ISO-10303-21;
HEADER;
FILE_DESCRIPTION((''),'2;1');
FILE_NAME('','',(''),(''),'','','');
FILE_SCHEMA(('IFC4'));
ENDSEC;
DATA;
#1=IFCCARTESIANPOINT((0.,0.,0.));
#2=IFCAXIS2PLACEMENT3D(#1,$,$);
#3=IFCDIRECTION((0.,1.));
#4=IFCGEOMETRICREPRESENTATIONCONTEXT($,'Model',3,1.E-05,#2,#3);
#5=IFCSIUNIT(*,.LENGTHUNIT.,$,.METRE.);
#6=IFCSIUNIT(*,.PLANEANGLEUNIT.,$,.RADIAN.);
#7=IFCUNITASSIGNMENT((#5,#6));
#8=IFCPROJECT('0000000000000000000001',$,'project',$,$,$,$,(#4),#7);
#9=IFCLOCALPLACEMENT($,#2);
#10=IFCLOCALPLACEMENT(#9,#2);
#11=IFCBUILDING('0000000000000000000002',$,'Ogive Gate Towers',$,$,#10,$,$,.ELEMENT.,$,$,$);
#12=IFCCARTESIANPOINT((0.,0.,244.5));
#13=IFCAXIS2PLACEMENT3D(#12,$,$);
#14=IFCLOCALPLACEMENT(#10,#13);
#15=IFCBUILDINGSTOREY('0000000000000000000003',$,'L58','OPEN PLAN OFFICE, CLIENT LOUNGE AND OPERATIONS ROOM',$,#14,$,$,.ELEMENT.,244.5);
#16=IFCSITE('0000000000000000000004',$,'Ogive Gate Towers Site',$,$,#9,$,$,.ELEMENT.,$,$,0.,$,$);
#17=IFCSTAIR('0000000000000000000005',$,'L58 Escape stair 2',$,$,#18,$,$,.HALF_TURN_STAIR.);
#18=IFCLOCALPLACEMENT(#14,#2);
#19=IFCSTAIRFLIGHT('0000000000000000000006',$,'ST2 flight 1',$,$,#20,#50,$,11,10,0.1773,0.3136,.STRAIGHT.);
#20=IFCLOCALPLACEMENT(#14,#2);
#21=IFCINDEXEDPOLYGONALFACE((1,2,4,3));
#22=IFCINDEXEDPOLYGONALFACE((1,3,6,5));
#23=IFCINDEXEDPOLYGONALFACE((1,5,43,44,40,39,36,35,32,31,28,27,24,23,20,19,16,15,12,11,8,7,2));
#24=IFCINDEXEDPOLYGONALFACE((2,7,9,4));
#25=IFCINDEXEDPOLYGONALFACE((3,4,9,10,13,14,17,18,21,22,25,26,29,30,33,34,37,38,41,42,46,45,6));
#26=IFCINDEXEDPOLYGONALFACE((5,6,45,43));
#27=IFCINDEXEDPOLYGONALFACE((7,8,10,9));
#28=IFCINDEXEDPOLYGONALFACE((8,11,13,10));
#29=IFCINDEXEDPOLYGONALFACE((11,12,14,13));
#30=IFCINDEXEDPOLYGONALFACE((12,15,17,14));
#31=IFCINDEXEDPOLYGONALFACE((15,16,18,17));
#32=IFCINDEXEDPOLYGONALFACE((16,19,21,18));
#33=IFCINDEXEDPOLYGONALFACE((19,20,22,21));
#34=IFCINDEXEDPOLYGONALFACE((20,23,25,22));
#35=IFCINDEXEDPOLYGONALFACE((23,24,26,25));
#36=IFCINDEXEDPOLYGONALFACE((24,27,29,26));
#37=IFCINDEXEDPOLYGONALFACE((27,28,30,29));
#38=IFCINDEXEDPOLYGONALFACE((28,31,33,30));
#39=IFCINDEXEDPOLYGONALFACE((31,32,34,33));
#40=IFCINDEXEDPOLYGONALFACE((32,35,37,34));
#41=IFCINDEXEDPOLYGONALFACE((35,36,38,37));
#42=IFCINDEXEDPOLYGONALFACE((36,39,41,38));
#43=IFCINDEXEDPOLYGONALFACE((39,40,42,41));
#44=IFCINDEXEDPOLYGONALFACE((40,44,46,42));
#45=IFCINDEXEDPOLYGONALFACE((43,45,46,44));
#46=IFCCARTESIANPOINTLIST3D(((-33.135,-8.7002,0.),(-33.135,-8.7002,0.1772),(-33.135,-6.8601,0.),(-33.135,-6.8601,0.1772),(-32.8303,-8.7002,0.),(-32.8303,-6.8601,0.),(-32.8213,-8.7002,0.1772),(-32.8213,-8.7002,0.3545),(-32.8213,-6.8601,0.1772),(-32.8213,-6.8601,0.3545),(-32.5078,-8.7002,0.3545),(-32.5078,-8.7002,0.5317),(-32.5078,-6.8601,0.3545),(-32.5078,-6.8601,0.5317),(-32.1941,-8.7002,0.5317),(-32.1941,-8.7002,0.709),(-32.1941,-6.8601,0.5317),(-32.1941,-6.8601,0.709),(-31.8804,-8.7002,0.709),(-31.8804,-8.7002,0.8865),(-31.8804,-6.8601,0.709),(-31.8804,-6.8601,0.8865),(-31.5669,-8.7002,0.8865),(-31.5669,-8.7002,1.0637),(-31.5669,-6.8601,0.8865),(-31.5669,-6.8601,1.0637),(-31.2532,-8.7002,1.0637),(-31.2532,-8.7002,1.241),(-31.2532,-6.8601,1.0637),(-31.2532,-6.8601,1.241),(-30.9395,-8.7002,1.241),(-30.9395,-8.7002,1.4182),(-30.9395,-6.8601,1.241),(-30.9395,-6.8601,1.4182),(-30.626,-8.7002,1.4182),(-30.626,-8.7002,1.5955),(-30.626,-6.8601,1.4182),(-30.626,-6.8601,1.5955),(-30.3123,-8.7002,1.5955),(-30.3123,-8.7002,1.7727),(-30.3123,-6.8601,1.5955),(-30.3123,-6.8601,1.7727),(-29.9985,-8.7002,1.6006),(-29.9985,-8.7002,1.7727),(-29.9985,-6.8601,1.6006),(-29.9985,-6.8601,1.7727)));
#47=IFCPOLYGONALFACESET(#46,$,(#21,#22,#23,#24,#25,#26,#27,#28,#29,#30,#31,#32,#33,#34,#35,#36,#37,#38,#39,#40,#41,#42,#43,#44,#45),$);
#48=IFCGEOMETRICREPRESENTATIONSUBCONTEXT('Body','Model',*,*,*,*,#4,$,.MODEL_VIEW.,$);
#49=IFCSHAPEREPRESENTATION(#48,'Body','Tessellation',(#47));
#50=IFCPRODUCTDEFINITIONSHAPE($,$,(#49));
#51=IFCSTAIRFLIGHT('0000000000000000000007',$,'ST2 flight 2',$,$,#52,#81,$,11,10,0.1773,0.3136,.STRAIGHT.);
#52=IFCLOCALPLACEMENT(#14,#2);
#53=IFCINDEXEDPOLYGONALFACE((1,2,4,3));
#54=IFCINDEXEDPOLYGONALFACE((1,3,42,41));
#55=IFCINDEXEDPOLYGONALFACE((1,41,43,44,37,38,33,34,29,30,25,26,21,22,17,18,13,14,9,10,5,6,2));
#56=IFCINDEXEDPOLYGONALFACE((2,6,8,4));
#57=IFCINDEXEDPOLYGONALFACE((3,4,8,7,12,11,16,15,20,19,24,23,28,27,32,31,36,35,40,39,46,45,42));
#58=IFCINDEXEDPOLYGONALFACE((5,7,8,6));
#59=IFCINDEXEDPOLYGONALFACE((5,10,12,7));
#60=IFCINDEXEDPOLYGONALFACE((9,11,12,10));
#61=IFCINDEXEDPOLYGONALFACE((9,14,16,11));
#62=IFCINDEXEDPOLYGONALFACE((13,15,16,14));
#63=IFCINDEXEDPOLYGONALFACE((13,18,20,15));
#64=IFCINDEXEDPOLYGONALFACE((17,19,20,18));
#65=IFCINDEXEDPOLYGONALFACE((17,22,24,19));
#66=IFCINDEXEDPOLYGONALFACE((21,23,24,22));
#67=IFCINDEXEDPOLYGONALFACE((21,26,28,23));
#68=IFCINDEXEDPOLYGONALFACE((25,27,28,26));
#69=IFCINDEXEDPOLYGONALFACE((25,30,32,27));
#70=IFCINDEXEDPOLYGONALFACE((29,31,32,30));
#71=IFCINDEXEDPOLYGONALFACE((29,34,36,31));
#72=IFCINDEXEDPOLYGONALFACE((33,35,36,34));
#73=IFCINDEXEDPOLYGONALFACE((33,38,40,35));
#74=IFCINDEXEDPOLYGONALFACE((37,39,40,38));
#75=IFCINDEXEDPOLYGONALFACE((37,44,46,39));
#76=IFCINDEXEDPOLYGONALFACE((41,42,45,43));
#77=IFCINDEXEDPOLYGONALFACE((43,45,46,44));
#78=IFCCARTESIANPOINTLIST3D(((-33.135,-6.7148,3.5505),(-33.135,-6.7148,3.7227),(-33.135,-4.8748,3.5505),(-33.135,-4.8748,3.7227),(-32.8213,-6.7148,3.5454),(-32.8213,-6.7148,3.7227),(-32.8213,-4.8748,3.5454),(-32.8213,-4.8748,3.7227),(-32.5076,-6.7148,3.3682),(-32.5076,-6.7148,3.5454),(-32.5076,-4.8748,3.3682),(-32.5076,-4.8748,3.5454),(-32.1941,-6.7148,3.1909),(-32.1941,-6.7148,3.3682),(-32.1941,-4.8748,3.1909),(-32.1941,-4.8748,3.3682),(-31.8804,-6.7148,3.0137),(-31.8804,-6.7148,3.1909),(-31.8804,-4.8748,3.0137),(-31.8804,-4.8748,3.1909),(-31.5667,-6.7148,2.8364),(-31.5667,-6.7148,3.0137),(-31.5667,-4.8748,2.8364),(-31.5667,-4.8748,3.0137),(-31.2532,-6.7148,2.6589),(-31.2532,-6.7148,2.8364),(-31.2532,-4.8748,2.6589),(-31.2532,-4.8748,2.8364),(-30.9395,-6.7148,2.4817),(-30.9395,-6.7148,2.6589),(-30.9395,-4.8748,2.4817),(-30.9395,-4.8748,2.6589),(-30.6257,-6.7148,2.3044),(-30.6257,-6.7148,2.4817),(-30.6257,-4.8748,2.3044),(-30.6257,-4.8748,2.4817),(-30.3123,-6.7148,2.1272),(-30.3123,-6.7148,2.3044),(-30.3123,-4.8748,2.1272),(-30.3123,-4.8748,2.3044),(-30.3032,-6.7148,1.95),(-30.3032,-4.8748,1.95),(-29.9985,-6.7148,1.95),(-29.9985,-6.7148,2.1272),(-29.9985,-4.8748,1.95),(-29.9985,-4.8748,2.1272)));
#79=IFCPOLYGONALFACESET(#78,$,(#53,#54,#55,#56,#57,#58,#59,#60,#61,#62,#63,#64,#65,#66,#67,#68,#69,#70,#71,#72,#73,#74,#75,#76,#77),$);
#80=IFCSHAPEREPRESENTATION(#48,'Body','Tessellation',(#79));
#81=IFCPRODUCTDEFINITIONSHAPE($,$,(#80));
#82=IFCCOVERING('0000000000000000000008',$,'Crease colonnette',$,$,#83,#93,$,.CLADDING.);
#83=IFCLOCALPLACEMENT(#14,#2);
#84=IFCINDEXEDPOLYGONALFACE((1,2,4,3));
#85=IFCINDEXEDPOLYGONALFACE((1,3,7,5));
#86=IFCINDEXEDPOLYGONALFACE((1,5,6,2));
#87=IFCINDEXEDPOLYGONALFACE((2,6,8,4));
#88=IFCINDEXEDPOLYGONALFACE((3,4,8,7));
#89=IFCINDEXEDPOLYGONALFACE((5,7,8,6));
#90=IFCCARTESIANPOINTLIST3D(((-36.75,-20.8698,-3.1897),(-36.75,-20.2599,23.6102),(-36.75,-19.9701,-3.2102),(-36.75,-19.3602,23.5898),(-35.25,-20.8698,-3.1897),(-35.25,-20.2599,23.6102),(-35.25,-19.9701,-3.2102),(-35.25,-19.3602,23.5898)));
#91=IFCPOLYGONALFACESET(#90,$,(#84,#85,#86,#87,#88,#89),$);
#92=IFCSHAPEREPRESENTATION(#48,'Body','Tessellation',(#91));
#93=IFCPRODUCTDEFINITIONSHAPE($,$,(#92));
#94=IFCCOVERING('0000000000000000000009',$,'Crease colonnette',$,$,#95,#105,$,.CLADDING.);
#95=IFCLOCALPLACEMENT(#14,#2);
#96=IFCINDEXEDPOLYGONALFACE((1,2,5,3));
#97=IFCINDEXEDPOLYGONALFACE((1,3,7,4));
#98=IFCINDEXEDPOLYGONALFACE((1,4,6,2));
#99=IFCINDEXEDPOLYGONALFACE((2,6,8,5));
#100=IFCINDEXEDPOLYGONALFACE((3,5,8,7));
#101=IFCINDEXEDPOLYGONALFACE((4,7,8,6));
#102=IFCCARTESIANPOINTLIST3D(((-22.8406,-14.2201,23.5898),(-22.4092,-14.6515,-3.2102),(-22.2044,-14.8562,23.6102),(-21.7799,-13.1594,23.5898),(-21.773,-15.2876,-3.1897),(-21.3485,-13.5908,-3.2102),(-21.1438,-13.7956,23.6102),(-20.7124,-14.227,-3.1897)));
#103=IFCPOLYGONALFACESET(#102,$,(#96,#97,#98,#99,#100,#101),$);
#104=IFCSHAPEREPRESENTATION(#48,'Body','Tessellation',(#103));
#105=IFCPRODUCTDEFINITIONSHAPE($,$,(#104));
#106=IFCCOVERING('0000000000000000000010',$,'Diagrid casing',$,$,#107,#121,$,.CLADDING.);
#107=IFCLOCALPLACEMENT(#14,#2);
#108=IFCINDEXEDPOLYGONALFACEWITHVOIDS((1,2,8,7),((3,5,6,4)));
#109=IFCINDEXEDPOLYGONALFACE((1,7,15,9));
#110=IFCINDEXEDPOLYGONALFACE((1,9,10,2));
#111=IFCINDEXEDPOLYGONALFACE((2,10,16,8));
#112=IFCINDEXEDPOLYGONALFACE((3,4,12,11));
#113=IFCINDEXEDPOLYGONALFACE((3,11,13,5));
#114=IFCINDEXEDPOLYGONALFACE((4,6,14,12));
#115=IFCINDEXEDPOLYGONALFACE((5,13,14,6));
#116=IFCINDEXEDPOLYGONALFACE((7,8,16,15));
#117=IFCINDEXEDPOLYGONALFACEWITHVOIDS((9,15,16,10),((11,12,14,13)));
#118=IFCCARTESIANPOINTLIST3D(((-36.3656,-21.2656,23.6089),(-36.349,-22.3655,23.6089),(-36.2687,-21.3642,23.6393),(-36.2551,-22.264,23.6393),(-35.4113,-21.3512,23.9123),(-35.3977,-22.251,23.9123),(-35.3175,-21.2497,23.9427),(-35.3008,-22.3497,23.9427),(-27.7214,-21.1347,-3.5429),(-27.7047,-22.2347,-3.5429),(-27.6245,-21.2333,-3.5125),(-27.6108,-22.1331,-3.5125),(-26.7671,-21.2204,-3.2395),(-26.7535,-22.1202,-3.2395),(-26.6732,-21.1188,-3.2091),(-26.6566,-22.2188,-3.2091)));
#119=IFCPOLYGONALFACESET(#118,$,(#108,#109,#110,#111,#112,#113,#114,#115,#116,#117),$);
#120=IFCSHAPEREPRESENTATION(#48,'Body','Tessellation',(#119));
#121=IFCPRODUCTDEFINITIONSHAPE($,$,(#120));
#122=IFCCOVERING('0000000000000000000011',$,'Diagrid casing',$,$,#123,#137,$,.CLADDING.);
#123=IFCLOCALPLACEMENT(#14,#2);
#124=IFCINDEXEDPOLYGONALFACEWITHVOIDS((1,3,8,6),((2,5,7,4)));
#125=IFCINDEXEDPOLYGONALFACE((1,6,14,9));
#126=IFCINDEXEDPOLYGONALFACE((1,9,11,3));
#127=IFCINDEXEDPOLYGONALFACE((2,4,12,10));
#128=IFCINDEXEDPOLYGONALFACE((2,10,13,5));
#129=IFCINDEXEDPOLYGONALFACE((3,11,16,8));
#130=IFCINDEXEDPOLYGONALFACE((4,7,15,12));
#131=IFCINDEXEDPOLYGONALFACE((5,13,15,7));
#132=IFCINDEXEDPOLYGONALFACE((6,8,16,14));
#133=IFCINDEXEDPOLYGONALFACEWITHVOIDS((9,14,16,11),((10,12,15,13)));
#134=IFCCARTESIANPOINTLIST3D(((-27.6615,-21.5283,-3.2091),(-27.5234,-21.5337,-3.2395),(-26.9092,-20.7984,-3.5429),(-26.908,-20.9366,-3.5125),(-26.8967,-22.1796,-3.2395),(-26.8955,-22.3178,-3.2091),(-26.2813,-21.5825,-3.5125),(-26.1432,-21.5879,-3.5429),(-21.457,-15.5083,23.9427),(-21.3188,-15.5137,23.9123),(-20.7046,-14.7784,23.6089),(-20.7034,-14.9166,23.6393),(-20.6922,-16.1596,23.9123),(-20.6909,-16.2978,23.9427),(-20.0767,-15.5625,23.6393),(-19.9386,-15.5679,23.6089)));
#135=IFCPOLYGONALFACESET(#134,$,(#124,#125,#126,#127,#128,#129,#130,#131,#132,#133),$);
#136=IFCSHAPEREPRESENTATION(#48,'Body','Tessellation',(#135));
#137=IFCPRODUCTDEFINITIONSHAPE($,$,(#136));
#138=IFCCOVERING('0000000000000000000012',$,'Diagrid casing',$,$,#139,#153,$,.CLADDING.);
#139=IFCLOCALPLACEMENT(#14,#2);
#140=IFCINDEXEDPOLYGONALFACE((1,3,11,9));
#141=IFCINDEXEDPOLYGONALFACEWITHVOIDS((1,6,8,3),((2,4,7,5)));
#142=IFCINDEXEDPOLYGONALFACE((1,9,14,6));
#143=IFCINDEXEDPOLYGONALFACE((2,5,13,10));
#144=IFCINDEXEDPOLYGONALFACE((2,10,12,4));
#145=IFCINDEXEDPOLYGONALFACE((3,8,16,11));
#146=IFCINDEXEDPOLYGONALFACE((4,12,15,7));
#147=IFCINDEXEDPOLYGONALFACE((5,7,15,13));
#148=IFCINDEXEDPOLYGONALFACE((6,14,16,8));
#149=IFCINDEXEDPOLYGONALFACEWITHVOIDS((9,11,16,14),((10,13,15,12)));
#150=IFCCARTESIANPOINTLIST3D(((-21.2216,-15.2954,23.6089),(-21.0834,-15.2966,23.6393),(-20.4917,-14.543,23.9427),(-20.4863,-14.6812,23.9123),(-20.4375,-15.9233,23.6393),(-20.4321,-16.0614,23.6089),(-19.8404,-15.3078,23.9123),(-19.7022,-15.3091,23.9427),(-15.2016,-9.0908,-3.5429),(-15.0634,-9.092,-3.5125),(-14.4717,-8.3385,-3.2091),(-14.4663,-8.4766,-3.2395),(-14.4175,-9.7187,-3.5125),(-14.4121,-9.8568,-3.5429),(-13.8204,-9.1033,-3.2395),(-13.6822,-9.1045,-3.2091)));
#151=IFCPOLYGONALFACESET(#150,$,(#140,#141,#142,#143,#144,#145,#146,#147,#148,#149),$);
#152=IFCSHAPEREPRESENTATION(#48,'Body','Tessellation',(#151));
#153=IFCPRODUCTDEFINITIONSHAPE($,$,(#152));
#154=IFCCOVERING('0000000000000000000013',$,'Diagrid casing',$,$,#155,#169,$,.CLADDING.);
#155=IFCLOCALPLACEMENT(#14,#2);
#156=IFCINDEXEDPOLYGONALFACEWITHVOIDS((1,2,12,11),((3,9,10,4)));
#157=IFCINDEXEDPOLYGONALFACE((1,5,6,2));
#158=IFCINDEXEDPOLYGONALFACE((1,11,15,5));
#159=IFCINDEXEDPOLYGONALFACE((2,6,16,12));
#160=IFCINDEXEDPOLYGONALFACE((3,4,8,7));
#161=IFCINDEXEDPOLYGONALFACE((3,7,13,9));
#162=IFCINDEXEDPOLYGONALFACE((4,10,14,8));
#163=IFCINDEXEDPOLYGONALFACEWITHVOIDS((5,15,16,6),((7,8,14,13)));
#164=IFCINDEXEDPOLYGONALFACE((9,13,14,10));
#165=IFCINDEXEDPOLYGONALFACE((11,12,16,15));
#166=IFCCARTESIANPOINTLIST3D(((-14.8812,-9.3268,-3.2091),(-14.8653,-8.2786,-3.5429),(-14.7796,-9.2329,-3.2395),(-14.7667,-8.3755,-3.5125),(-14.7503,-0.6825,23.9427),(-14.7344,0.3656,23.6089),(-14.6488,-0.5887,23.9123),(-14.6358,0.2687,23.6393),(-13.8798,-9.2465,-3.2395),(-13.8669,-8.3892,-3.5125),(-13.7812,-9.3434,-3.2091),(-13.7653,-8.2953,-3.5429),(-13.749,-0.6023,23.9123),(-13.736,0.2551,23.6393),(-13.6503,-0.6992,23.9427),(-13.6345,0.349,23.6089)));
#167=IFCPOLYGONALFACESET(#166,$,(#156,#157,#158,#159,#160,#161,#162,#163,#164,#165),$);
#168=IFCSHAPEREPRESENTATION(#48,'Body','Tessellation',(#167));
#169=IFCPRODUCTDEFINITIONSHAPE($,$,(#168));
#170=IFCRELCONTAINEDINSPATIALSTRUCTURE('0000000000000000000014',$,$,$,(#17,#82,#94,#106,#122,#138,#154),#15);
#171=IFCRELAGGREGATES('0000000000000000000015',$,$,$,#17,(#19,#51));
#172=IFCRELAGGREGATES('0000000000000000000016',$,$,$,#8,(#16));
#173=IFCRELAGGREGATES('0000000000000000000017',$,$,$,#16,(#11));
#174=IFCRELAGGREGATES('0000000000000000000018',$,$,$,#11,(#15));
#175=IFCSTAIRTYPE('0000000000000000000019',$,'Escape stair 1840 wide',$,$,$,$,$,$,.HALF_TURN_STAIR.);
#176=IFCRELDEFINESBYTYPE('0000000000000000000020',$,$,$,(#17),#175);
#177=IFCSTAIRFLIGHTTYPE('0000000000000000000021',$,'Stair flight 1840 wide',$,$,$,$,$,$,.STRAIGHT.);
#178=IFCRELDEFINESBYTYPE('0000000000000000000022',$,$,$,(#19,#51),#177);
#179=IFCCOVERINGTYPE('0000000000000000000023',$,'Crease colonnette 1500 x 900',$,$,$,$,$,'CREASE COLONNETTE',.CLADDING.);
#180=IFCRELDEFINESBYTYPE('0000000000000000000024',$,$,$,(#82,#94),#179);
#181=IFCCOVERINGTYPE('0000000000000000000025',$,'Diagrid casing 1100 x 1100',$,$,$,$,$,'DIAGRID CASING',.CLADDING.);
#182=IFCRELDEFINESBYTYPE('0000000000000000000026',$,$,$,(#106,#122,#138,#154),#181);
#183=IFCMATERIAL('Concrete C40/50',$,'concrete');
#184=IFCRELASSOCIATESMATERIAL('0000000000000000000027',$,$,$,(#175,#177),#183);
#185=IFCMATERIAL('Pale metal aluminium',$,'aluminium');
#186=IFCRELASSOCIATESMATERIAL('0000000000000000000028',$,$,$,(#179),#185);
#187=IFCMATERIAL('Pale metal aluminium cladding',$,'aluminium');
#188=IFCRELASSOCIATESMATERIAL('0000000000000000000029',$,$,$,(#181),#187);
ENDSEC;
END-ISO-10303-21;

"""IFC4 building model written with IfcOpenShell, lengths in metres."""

from ifc_helpers import new_model, si_unit, direction, frame, origin, origin_2d, place, context, subcontext, project, spatial, polyline, rectangle, hollow_rectangle, outline, extrude, material, material_profile, profile_set, type_object, element, aggregate, save


model = new_model("IFC4")

# Units and contexts
model_context = context("Model", 3, precision=1e-05, world=origin(), true_north=direction((0.0, 1.0)))
body_context = subcontext(model_context, "Body", "Model", "MODEL_VIEW")
ifc_project = project(units=[si_unit("LENGTHUNIT", "METRE"), si_unit("PLANEANGLEUNIT", "RADIAN")], contexts=[model_context])

# Site, building, storey
site_placement = place(None, origin())
site = spatial("IfcSite", under=ifc_project, at=site_placement, Name="Ogive Gate Towers Site", CompositionType="ELEMENT", RefElevation=0.0)
building_placement = place(site_placement, origin())
building = spatial("IfcBuilding", under=site, at=building_placement, Name="Ogive Gate Towers", CompositionType="ELEMENT")
storey_placement = place(building_placement, frame((0.0, 0.0, 244.5)))
storey = spatial("IfcBuildingStorey", under=building, at=storey_placement, Name="L58", Description="OPEN PLAN OFFICE, CLIENT LOUNGE AND OPERATIONS ROOM", CompositionType="ELEMENT", Elevation=244.5)

# Stair, stair flights
ifc_material_1 = material(Name="Concrete C40/50", Category="concrete")
stair_type = type_object("IfcStairType", Name="Escape stair 1840 wide", PredefinedType="HALF_TURN_STAIR", material=ifc_material_1)
stair_placement = place(storey_placement, origin())
stair = element("IfcStair", 1, at=stair_placement, inside=storey, type_object=stair_type, Name="L58 Escape stair 2", PredefinedType="HALF_TURN_STAIR")
stair_flight_type = type_object("IfcStairFlightType", Name="Stair flight 1840 wide", PredefinedType="STRAIGHT", material=ifc_material_1)
stair_flight_1_placement = place(storey_placement, frame((-33.135, -7.78, 0.0), z_axis=(0.0, 0.0, 1.0), x_axis=(1.0, 0.0, 0.0)))
stair_flight_1 = element("IfcStairFlight", 2, at=stair_flight_1_placement, type_object=stair_flight_type, Name="ST2 flight 1", NumberOfRisers=11, NumberOfTreads=10, PredefinedType="STRAIGHT", RiserHeight=0.1773, TreadLength=0.3136, context=body_context, shape_type="SweptSolid", body=[
    extrude(outline(polyline([(0.0, 0.0), (0.0, 0.1772), (0.3137, 0.1772), (0.3137, 0.3545), (0.6272, 0.3545), (0.6272, 0.5317), (0.9409, 0.5317), (0.9409, 0.709), (1.2546, 0.709), (1.2546, 0.8865), (1.5681, 0.8865), (1.5681, 1.0637), (1.8818, 1.0637), (1.8818, 1.241), (2.1956, 1.241), (2.1956, 1.4182), (2.509, 1.4182), (2.509, 1.5955), (2.8228, 1.5955), (2.8228, 1.7727), (3.1365, 1.7727), (3.1365, 1.95), (3.1365, 1.6006), (0.3047, 0.0), (0.0, 0.0)])), frame((0.0, 0.9199, 0.0), z_axis=(0.0, -1.0, 0.0), x_axis=(1.0, 0.0, 0.0)), (0.0, 0.0, 1.0), 1.8401),
])
stair_flight_2_placement = place(storey_placement, frame((-29.9985, -5.7949, 1.95), z_axis=(0.0, 0.0, 1.0), x_axis=(-1.0, 0.0, 0.0)))
stair_flight_2 = element("IfcStairFlight", 3, at=stair_flight_2_placement, type_object=stair_flight_type, Name="ST2 flight 2", NumberOfRisers=11, NumberOfTreads=10, PredefinedType="STRAIGHT", RiserHeight=0.1773, TreadLength=0.3136, context=body_context, shape_type="SweptSolid", body=[
    extrude(outline(polyline([(0.0, 0.0), (0.0, 0.1772), (0.3137, 0.1772), (0.3137, 0.3545), (0.6272, 0.3545), (0.6272, 0.5317), (0.9409, 0.5317), (0.9409, 0.709), (1.2546, 0.709), (1.2546, 0.8865), (1.5681, 0.8865), (1.5681, 1.0637), (1.8818, 1.0637), (1.8818, 1.241), (2.1956, 1.241), (2.1956, 1.4182), (2.509, 1.4182), (2.509, 1.5955), (2.8228, 1.5955), (2.8228, 1.7727), (3.1365, 1.7727), (3.1365, 1.95), (3.1365, 1.6006), (0.3047, 0.0), (0.0, 0.0)])), frame((0.0, 0.9199, 0.0), z_axis=(0.0, -1.0, 0.0), x_axis=(1.0, 0.0, 0.0)), (0.0, 0.0, 1.0), 1.8401),
])
aggregate(stair, [stair_flight_1, stair_flight_2])

# Coverings
ifc_material_2 = material(Name="Pale metal aluminium", Category="aluminium")
ifc_material_profile_1 = material_profile(ifc_material_2, rectangle(XDim=1.5, YDim=0.8999, at=origin_2d()), Name="1500 x 900 pale metal aluminium")
ifc_profile_set_1 = profile_set([ifc_material_profile_1], Name="Pale metal aluminium")
covering_type_1 = type_object("IfcCoveringType", Name="Crease colonnette 1500 x 900", ElementType="CREASE COLONNETTE", PredefinedType="CLADDING", material=ifc_profile_set_1)
for number, where, z_axis, x_axis, name in (
    (4, (-36.0, -20.4199, -3.2), (0.0, 0.02275, 0.999741), (-1.0, 0.0, 0.0), "Crease colonnette"),
    (5, (-21.5608, -14.4392, -3.2), (-0.016093, 0.016093, 0.999741), (-0.707107, -0.707107, 0.0), "Crease colonnette"),
):
    element("IfcCovering", number, at=place(storey_placement, frame(where, z_axis=z_axis, x_axis=x_axis)), inside=storey, type_object=covering_type_1, Name=name, PredefinedType="CLADDING", context=body_context, shape_type="SweptSolid", body=[
        extrude(rectangle(XDim=1.5, YDim=0.8999, at=origin_2d()), origin(), (0.0, 0.0, 1.0), 26.8069),
    ])
ifc_material_3 = material(Name="Pale metal aluminium cladding", Category="aluminium")
ifc_material_profile_2 = material_profile(ifc_material_3, hollow_rectangle(XDim=1.1001, YDim=1.1001, WallThickness=0.1001, at=origin_2d()), Name="1100 x 1100 pale metal casing")
ifc_profile_set_2 = profile_set([ifc_material_profile_2], Name="Pale metal aluminium cladding")
covering_type_2 = type_object("IfcCoveringType", Name="Diagrid casing 1100 x 1100", ElementType="DIAGRID CASING", PredefinedType="CLADDING", material=ifc_profile_set_2)
for number, where, z_axis, x_axis, name in (
    (6, (-27.189, -21.6768, -3.376), (-0.303362, -0.004592, 0.952864), (0.015137, -0.999885, 0.0), "Diagrid casing"),
    (7, (-26.9023, -21.5581, -3.376), (0.217744, 0.211266, 0.952866), (-0.696351, 0.717701, 0.0), "Diagrid casing"),
    (8, (-14.4419, -9.0977, -3.376), (-0.211266, -0.217744, 0.952866), (0.717701, -0.696351, 0.0), "Diagrid casing"),
    (9, (-14.3232, -8.811, -3.376), (0.004592, 0.303362, 0.952864), (-0.999885, 0.015137, 0.0), "Diagrid casing"),
):
    element("IfcCovering", number, at=place(storey_placement, frame(where, z_axis=z_axis, x_axis=x_axis)), inside=storey, type_object=covering_type_2, Name=name, PredefinedType="CLADDING", context=body_context, shape_type="SweptSolid", body=[
        extrude(hollow_rectangle(XDim=1.1001, YDim=1.1001, WallThickness=0.1001, at=origin_2d()), origin(), (0.0, 0.0, 1.0), 28.4949),
    ])

save(model, "model.ifc")
